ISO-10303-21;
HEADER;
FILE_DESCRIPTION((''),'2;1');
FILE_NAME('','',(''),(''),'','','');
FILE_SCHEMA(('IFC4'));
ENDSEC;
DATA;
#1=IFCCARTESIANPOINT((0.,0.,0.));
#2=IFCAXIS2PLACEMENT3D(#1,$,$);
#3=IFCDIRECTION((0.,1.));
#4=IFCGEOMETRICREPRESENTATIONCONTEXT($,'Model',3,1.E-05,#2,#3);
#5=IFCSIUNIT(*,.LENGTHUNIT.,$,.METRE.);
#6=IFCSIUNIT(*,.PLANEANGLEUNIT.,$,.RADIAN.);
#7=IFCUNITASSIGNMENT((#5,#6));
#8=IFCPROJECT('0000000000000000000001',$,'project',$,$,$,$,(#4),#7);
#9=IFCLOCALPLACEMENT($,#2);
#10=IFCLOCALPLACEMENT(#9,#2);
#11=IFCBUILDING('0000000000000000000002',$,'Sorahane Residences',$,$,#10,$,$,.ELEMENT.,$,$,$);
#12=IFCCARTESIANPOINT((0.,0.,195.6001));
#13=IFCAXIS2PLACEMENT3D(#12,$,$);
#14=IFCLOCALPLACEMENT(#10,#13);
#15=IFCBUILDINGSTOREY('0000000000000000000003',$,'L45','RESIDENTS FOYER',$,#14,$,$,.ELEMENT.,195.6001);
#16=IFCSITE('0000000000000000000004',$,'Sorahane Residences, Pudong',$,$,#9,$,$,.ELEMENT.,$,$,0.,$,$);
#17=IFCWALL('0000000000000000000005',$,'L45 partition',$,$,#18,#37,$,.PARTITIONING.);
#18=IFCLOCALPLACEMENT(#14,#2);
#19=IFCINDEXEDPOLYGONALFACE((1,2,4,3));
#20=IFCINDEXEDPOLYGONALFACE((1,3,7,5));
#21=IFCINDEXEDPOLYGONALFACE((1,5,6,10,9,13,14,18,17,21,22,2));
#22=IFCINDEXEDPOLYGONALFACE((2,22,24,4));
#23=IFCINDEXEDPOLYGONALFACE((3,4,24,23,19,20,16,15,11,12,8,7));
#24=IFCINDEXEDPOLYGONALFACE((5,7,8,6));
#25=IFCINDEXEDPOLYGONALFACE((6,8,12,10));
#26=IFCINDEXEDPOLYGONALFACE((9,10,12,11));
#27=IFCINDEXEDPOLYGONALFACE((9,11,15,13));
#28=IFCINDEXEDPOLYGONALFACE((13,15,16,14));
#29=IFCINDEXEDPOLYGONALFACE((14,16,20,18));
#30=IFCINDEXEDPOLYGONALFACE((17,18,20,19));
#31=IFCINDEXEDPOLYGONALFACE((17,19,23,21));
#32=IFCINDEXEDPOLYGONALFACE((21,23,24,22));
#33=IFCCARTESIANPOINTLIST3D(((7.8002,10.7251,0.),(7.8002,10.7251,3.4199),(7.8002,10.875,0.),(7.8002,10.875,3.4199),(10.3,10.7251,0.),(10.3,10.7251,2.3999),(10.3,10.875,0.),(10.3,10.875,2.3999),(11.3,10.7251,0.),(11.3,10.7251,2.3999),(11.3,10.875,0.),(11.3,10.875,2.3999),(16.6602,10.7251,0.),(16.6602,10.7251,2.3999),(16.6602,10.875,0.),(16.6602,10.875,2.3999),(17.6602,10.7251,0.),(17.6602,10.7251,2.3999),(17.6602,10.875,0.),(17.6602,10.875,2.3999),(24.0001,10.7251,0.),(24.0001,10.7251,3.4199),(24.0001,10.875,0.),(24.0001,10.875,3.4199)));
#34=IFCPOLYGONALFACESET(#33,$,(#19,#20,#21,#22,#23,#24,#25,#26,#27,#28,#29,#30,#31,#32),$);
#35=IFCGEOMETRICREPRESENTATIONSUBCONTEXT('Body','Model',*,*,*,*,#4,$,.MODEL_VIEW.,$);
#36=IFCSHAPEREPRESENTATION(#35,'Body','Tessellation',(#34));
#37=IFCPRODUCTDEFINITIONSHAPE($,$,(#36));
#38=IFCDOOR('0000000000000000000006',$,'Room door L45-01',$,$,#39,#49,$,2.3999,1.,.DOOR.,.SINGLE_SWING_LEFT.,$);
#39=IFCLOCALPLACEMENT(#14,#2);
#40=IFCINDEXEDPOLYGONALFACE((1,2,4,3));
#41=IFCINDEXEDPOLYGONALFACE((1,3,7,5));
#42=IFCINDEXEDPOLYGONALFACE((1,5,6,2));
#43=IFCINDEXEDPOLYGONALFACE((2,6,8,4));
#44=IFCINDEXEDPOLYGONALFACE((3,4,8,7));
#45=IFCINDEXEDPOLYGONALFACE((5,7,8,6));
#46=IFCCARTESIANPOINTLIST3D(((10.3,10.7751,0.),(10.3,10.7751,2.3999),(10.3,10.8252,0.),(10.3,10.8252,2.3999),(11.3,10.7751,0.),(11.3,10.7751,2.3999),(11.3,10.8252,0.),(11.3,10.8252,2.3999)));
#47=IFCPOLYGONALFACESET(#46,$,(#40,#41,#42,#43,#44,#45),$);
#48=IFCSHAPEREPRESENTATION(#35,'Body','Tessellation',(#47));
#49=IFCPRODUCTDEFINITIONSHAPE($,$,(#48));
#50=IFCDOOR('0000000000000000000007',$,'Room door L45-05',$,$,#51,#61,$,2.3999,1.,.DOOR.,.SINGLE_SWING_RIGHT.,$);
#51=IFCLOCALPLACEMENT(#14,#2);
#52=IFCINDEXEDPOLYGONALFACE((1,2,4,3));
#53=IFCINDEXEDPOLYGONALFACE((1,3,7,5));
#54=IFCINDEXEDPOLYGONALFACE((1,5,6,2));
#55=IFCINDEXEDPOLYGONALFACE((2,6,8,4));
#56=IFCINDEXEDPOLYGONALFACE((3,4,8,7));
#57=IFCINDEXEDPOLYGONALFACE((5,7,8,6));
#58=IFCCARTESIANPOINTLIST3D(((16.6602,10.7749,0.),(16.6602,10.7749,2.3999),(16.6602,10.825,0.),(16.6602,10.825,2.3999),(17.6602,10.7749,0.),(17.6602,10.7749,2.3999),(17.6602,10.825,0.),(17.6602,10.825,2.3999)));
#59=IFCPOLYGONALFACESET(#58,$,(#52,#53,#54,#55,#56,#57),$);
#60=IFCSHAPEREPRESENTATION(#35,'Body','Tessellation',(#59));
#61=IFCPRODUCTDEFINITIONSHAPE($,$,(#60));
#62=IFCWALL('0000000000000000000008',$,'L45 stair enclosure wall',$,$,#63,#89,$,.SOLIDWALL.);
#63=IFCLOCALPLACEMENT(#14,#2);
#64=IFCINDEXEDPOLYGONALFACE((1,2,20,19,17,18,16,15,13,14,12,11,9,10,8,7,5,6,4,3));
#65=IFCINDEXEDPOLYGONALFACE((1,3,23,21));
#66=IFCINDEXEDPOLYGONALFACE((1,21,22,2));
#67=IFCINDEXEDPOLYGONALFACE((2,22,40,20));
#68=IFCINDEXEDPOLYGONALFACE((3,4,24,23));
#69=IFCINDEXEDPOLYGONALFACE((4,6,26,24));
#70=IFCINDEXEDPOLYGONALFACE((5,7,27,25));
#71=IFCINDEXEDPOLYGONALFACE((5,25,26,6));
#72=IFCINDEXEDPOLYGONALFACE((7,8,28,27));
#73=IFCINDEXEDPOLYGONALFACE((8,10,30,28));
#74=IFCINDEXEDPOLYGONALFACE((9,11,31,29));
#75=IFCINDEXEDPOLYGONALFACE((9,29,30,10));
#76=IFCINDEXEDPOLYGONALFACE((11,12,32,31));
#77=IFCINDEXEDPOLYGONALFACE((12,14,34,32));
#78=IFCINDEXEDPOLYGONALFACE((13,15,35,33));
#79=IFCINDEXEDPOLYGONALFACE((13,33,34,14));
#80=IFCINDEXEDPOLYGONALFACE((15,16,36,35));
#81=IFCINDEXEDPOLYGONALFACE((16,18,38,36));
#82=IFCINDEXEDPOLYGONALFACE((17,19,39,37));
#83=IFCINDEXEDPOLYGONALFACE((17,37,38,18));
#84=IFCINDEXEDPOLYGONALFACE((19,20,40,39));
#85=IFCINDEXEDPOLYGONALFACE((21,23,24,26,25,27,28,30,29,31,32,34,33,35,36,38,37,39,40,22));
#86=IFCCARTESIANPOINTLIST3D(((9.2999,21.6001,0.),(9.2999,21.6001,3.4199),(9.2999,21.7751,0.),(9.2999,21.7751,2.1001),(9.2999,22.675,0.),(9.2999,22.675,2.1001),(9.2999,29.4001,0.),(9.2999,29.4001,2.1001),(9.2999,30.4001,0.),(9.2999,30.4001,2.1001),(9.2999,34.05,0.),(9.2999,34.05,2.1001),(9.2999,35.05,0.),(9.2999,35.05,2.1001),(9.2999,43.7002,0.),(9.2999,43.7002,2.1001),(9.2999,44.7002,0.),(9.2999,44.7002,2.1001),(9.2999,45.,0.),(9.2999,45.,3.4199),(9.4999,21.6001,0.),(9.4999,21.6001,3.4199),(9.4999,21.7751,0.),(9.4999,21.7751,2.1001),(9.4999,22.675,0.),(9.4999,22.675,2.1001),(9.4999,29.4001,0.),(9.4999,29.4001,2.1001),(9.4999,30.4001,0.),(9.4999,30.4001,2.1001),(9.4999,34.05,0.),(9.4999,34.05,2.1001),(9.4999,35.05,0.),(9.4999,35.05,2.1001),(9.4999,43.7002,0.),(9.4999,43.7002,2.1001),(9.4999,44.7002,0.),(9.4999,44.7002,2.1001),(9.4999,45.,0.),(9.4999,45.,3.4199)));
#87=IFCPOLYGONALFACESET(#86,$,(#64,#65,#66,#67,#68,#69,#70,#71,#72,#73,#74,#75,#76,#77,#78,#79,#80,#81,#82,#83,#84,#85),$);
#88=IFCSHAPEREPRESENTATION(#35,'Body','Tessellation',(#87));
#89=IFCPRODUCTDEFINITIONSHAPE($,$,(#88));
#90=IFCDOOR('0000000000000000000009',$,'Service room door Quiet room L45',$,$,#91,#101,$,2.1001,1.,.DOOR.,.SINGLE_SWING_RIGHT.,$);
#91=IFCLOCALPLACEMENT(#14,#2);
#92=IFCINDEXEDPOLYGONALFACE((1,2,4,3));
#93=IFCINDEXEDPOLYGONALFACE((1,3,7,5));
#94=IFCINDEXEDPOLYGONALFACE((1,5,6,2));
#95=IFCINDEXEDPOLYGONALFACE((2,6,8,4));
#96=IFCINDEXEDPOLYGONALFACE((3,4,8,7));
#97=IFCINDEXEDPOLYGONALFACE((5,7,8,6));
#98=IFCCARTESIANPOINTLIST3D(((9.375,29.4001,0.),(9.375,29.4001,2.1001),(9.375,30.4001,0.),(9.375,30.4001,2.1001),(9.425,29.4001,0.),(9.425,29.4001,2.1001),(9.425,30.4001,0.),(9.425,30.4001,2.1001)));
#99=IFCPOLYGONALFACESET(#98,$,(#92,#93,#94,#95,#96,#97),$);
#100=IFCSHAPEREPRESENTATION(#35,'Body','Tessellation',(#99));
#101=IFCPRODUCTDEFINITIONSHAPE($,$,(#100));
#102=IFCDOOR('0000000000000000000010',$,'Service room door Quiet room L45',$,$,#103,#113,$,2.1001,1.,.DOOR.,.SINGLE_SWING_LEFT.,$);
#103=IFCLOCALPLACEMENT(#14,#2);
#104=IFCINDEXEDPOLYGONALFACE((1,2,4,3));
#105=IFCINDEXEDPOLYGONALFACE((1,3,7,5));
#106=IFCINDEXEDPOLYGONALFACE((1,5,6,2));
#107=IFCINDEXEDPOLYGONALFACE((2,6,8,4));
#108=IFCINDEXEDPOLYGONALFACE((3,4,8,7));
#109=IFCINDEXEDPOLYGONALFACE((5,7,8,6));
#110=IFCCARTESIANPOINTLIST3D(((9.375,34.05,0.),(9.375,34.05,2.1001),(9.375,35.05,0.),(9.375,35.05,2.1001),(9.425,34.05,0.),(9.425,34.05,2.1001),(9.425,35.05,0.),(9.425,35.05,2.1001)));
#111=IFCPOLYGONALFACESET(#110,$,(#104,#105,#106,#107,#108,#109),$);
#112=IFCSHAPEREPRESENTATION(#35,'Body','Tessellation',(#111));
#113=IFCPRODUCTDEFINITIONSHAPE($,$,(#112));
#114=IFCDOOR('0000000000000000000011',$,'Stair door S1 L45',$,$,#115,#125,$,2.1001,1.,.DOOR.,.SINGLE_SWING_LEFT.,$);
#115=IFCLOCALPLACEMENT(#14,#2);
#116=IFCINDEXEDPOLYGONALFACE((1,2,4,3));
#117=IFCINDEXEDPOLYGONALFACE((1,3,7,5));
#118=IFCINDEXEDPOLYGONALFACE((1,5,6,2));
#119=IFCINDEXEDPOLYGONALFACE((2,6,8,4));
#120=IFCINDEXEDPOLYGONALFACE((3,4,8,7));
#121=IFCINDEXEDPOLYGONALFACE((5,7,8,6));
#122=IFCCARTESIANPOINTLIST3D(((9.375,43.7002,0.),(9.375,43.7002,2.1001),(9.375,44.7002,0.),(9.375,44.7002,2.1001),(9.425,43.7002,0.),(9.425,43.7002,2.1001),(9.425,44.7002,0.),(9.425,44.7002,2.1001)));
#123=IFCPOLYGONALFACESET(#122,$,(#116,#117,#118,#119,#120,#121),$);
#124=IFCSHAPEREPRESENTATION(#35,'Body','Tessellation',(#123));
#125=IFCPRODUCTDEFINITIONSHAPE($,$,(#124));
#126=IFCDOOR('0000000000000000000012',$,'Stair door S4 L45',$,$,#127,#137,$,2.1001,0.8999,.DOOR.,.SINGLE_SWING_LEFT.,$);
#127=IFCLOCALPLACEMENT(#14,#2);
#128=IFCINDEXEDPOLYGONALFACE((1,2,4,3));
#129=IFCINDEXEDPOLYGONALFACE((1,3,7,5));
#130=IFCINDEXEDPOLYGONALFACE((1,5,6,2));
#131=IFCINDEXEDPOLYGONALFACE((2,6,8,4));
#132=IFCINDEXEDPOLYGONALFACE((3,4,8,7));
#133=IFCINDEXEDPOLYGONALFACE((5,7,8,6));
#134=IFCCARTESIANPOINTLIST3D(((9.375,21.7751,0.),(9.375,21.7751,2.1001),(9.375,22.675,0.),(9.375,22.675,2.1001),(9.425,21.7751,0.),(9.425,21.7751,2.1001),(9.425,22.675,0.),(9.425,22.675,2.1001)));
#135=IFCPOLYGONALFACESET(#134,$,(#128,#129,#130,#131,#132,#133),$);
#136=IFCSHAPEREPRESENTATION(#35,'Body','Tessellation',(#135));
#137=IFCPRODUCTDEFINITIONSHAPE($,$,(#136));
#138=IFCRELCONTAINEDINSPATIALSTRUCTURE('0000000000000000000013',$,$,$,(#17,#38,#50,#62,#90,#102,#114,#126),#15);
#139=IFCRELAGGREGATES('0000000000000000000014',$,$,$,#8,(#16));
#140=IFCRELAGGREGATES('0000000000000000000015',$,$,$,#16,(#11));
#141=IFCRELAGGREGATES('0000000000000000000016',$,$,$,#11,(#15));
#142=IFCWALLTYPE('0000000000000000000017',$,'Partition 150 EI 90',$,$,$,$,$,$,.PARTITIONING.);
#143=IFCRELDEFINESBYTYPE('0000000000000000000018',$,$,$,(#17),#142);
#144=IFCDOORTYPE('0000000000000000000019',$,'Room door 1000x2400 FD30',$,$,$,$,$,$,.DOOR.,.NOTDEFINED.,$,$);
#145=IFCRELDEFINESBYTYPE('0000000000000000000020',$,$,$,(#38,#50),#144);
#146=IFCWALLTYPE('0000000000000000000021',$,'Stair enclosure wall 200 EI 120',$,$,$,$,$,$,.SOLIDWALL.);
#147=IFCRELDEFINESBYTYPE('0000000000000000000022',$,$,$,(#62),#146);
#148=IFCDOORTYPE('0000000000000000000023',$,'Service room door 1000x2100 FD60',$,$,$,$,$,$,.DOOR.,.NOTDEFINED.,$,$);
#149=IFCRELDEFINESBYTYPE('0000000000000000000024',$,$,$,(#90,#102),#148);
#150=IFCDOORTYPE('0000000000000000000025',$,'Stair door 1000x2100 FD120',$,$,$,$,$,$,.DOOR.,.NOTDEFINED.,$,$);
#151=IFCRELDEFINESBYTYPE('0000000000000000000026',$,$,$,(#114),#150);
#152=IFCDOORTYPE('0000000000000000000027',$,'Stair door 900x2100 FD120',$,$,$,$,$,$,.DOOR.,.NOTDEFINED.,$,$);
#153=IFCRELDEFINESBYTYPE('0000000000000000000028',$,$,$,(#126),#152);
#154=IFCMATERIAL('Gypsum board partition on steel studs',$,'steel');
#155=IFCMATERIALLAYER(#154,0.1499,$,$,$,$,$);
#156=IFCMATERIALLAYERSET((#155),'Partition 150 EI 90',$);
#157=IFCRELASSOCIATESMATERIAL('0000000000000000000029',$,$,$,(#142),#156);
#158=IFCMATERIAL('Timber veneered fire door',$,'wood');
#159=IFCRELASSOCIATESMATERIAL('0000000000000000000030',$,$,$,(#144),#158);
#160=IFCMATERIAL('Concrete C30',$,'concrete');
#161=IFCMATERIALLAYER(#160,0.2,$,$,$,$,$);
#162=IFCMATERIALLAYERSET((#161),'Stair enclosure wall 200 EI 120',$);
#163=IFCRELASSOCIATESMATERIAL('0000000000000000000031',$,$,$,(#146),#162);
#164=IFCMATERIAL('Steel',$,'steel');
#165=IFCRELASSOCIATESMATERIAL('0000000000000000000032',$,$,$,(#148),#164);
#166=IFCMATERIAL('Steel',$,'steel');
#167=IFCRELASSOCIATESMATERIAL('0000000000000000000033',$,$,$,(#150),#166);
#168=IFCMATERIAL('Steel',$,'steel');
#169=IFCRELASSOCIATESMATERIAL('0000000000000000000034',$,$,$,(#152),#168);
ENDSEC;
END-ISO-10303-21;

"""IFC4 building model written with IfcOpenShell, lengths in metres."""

from ifc_helpers import new_model, si_unit, direction, frame, frame_2d, origin, place, context, subcontext, project, spatial, rectangle, extrude, material, layer, layer_set, type_object, element, fill, save


model = new_model("IFC4")

# Units and contexts
model_context = context("Model", 3, precision=1e-05, world=origin(), true_north=direction((0.0, 1.0)))
body_context = subcontext(model_context, "Body", "Model", "MODEL_VIEW")
ifc_project = project(units=[si_unit("LENGTHUNIT", "METRE"), si_unit("PLANEANGLEUNIT", "RADIAN")], contexts=[model_context])

# Site, building, storey
site_placement = place(None, origin())
site = spatial("IfcSite", under=ifc_project, at=site_placement, Name="Sorahane Residences, Pudong", CompositionType="ELEMENT", RefElevation=0.0)
building_placement = place(site_placement, origin())
building = spatial("IfcBuilding", under=site, at=building_placement, Name="Sorahane Residences", CompositionType="ELEMENT")
storey_placement = place(building_placement, frame((0.0, 0.0, 195.6001)))
storey = spatial("IfcBuildingStorey", under=building, at=storey_placement, Name="L45", Description="RESIDENTS FOYER", CompositionType="ELEMENT", Elevation=195.6001)

# Shared definitions
ifc_material_1 = material(Name="Gypsum board partition on steel studs", Category="steel")
ifc_layer_1 = layer(ifc_material_1, 0.1499)
ifc_layer_set_1 = layer_set([ifc_layer_1], Name="Partition 150 EI 90")
wall_type_1 = type_object("IfcWallType", Name="Partition 150 EI 90", PredefinedType="PARTITIONING", material=ifc_layer_set_1)

# Walls, openings, doors
wall_1_placement = place(storey_placement, frame((7.8, 10.8, 0.0), z_axis=(0.0, 0.0, 1.0), x_axis=(1.0, 0.0, 0.0)))
wall_1 = element("IfcWall", 1, at=wall_1_placement, inside=storey, type_object=wall_type_1, Name="L45 partition", PredefinedType="PARTITIONING", context=body_context, shape_type="SweptSolid", body=[
    extrude(rectangle(XDim=16.2, YDim=0.1499, at=frame_2d((8.1001, 0.0))), origin(), (0.0, 0.0, 1.0), 3.4199),
])
opening_1_placement = place(wall_1_placement, frame((2.5, 0.0, 0.0)))
opening_1 = element("IfcOpeningElement", 2, at=opening_1_placement, cuts=wall_1, PredefinedType="OPENING", context=body_context, shape_type="SweptSolid", body=[
    extrude(rectangle(XDim=1.0, YDim=2.3999, at=frame_2d((0.5, 1.2))), frame((0.0, 0.085, 0.0), z_axis=(0.0, -1.0, 0.0), x_axis=(1.0, 0.0, 0.0)), (0.0, 0.0, 1.0), 0.1699),
])
opening_2_placement = place(wall_1_placement, frame((8.8601, 0.0, 0.0)))
opening_2 = element("IfcOpeningElement", 3, at=opening_2_placement, cuts=wall_1, PredefinedType="OPENING", context=body_context, shape_type="SweptSolid", body=[
    extrude(rectangle(XDim=1.0, YDim=2.3999, at=frame_2d((0.5, 1.2))), frame((0.0, 0.085, 0.0), z_axis=(0.0, -1.0, 0.0), x_axis=(1.0, 0.0, 0.0)), (0.0, 0.0, 1.0), 0.1699),
])
ifc_material_2 = material(Name="Timber veneered fire door", Category="wood")
door_type_1 = type_object("IfcDoorType", Name="Room door 1000x2400 FD30", OperationType="NOTDEFINED", PredefinedType="DOOR", material=ifc_material_2)
door_1_placement = place(opening_1_placement, frame((1.0, 0.0, 0.0), z_axis=(0.0, 0.0, 1.0), x_axis=(-1.0, 0.0, 0.0)))
door_1 = element("IfcDoor", 4, at=door_1_placement, inside=storey, type_object=door_type_1, Name="Room door L45-01", OperationType="SINGLE_SWING_LEFT", OverallHeight=2.3999, OverallWidth=1.0, PredefinedType="DOOR", context=body_context, shape_type="SweptSolid", body=[
    extrude(rectangle(XDim=1.0, YDim=2.3999, at=frame_2d((0.5, 1.2))), frame((0.0, 0.0249, 0.0), z_axis=(0.0, -1.0, 0.0), x_axis=(1.0, 0.0, 0.0)), (0.0, 0.0, 1.0), 0.05),
])
fill(opening_1, door_1)
door_2_placement = place(opening_2_placement, origin())
door_2 = element("IfcDoor", 5, at=door_2_placement, inside=storey, type_object=door_type_1, Name="Room door L45-05", OperationType="SINGLE_SWING_RIGHT", OverallHeight=2.3999, OverallWidth=1.0, PredefinedType="DOOR", context=body_context, shape_type="SweptSolid", body=[
    extrude(rectangle(XDim=1.0, YDim=2.3999, at=frame_2d((0.5, 1.2))), frame((0.0, 0.0249, 0.0), z_axis=(0.0, -1.0, 0.0), x_axis=(1.0, 0.0, 0.0)), (0.0, 0.0, 1.0), 0.05),
])
fill(opening_2, door_2)
ifc_material_3 = material(Name="Concrete C30", Category="concrete")
ifc_layer_2 = layer(ifc_material_3, 0.2)
ifc_layer_set_2 = layer_set([ifc_layer_2], Name="Stair enclosure wall 200 EI 120")
wall_type_2 = type_object("IfcWallType", Name="Stair enclosure wall 200 EI 120", PredefinedType="SOLIDWALL", material=ifc_layer_set_2)
wall_2_placement = place(storey_placement, frame((9.3999, 21.6001, 0.0), z_axis=(0.0, 0.0, 1.0), x_axis=(0.0, 1.0, 0.0)))
wall_2 = element("IfcWall", 6, at=wall_2_placement, inside=storey, type_object=wall_type_2, Name="L45 stair enclosure wall", PredefinedType="SOLIDWALL", context=body_context, shape_type="SweptSolid", body=[
    extrude(rectangle(XDim=23.3999, YDim=0.2, at=frame_2d((11.7, 0.0))), origin(), (0.0, 0.0, 1.0), 3.4199),
])
opening_3_placement = place(wall_2_placement, frame((7.8, 0.0, 0.0)))
opening_3 = element("IfcOpeningElement", 7, at=opening_3_placement, cuts=wall_2, PredefinedType="OPENING", context=body_context, shape_type="SweptSolid", body=[
    extrude(rectangle(XDim=1.0, YDim=2.1001, at=frame_2d((0.5, 1.05))), frame((0.0, 0.1099, 0.0), z_axis=(0.0, -1.0, 0.0), x_axis=(1.0, 0.0, 0.0)), (0.0, 0.0, 1.0), 0.22),
])
opening_4_placement = place(wall_2_placement, frame((12.45, 0.0, 0.0)))
opening_4 = element("IfcOpeningElement", 8, at=opening_4_placement, cuts=wall_2, PredefinedType="OPENING", context=body_context, shape_type="SweptSolid", body=[
    extrude(rectangle(XDim=1.0, YDim=2.1001, at=frame_2d((0.5, 1.05))), frame((0.0, 0.1099, 0.0), z_axis=(0.0, -1.0, 0.0), x_axis=(1.0, 0.0, 0.0)), (0.0, 0.0, 1.0), 0.22),
])
opening_5_placement = place(wall_2_placement, frame((22.1001, 0.0, 0.0)))
opening_5 = element("IfcOpeningElement", 9, at=opening_5_placement, cuts=wall_2, PredefinedType="OPENING", context=body_context, shape_type="SweptSolid", body=[
    extrude(rectangle(XDim=1.0, YDim=2.1001, at=frame_2d((0.5, 1.05))), frame((0.0, 0.1099, 0.0), z_axis=(0.0, -1.0, 0.0), x_axis=(1.0, 0.0, 0.0)), (0.0, 0.0, 1.0), 0.22),
])
opening_6_placement = place(wall_2_placement, frame((0.175, 0.0, 0.0)))
opening_6 = element("IfcOpeningElement", 10, at=opening_6_placement, cuts=wall_2, PredefinedType="OPENING", context=body_context, shape_type="SweptSolid", body=[
    extrude(rectangle(XDim=0.8999, YDim=2.1001, at=frame_2d((0.45, 1.05))), frame((0.0, 0.1099, 0.0), z_axis=(0.0, -1.0, 0.0), x_axis=(1.0, 0.0, 0.0)), (0.0, 0.0, 1.0), 0.22),
])
ifc_material_4 = material(Name="Steel", Category="steel")
door_type_2 = type_object("IfcDoorType", Name="Service room door 1000x2100 FD60", OperationType="NOTDEFINED", PredefinedType="DOOR", material=ifc_material_4)
door_3_placement = place(opening_3_placement, origin())
door_3 = element("IfcDoor", 11, at=door_3_placement, inside=storey, type_object=door_type_2, Name="Service room door Quiet room L45", OperationType="SINGLE_SWING_RIGHT", OverallHeight=2.1001, OverallWidth=1.0, PredefinedType="DOOR", context=body_context, shape_type="SweptSolid", body=[
    extrude(rectangle(XDim=1.0, YDim=2.1001, at=frame_2d((0.5, 1.05))), frame((0.0, 0.0249, 0.0), z_axis=(0.0, -1.0, 0.0), x_axis=(1.0, 0.0, 0.0)), (0.0, 0.0, 1.0), 0.05),
])
fill(opening_3, door_3)
door_4_placement = place(opening_4_placement, origin())
door_4 = element("IfcDoor", 12, at=door_4_placement, inside=storey, type_object=door_type_2, Name="Service room door Quiet room L45", OperationType="SINGLE_SWING_LEFT", OverallHeight=2.1001, OverallWidth=1.0, PredefinedType="DOOR", context=body_context, shape_type="SweptSolid", body=[
    extrude(rectangle(XDim=1.0, YDim=2.1001, at=frame_2d((0.5, 1.05))), frame((0.0, 0.0249, 0.0), z_axis=(0.0, -1.0, 0.0), x_axis=(1.0, 0.0, 0.0)), (0.0, 0.0, 1.0), 0.05),
])
fill(opening_4, door_4)
ifc_material_5 = material(Name="Steel", Category="steel")
door_type_3 = type_object("IfcDoorType", Name="Stair door 1000x2100 FD120", OperationType="NOTDEFINED", PredefinedType="DOOR", material=ifc_material_5)
door_5_placement = place(opening_5_placement, origin())
door_5 = element("IfcDoor", 13, at=door_5_placement, inside=storey, type_object=door_type_3, Name="Stair door S1 L45", OperationType="SINGLE_SWING_LEFT", OverallHeight=2.1001, OverallWidth=1.0, PredefinedType="DOOR", context=body_context, shape_type="SweptSolid", body=[
    extrude(rectangle(XDim=1.0, YDim=2.1001, at=frame_2d((0.5, 1.05))), frame((0.0, 0.0249, 0.0), z_axis=(0.0, -1.0, 0.0), x_axis=(1.0, 0.0, 0.0)), (0.0, 0.0, 1.0), 0.05),
])
fill(opening_5, door_5)
ifc_material_6 = material(Name="Steel", Category="steel")
door_type_4 = type_object("IfcDoorType", Name="Stair door 900x2100 FD120", OperationType="NOTDEFINED", PredefinedType="DOOR", material=ifc_material_6)
door_6_placement = place(opening_6_placement, origin())
door_6 = element("IfcDoor", 14, at=door_6_placement, inside=storey, type_object=door_type_4, Name="Stair door S4 L45", OperationType="SINGLE_SWING_LEFT", OverallHeight=2.1001, OverallWidth=0.8999, PredefinedType="DOOR", context=body_context, shape_type="SweptSolid", body=[
    extrude(rectangle(XDim=0.8999, YDim=2.1001, at=frame_2d((0.45, 1.05))), frame((0.0, 0.0249, 0.0), z_axis=(0.0, -1.0, 0.0), x_axis=(1.0, 0.0, 0.0)), (0.0, 0.0, 1.0), 0.05),
])
fill(opening_6, door_6)

save(model, "model.ifc")
